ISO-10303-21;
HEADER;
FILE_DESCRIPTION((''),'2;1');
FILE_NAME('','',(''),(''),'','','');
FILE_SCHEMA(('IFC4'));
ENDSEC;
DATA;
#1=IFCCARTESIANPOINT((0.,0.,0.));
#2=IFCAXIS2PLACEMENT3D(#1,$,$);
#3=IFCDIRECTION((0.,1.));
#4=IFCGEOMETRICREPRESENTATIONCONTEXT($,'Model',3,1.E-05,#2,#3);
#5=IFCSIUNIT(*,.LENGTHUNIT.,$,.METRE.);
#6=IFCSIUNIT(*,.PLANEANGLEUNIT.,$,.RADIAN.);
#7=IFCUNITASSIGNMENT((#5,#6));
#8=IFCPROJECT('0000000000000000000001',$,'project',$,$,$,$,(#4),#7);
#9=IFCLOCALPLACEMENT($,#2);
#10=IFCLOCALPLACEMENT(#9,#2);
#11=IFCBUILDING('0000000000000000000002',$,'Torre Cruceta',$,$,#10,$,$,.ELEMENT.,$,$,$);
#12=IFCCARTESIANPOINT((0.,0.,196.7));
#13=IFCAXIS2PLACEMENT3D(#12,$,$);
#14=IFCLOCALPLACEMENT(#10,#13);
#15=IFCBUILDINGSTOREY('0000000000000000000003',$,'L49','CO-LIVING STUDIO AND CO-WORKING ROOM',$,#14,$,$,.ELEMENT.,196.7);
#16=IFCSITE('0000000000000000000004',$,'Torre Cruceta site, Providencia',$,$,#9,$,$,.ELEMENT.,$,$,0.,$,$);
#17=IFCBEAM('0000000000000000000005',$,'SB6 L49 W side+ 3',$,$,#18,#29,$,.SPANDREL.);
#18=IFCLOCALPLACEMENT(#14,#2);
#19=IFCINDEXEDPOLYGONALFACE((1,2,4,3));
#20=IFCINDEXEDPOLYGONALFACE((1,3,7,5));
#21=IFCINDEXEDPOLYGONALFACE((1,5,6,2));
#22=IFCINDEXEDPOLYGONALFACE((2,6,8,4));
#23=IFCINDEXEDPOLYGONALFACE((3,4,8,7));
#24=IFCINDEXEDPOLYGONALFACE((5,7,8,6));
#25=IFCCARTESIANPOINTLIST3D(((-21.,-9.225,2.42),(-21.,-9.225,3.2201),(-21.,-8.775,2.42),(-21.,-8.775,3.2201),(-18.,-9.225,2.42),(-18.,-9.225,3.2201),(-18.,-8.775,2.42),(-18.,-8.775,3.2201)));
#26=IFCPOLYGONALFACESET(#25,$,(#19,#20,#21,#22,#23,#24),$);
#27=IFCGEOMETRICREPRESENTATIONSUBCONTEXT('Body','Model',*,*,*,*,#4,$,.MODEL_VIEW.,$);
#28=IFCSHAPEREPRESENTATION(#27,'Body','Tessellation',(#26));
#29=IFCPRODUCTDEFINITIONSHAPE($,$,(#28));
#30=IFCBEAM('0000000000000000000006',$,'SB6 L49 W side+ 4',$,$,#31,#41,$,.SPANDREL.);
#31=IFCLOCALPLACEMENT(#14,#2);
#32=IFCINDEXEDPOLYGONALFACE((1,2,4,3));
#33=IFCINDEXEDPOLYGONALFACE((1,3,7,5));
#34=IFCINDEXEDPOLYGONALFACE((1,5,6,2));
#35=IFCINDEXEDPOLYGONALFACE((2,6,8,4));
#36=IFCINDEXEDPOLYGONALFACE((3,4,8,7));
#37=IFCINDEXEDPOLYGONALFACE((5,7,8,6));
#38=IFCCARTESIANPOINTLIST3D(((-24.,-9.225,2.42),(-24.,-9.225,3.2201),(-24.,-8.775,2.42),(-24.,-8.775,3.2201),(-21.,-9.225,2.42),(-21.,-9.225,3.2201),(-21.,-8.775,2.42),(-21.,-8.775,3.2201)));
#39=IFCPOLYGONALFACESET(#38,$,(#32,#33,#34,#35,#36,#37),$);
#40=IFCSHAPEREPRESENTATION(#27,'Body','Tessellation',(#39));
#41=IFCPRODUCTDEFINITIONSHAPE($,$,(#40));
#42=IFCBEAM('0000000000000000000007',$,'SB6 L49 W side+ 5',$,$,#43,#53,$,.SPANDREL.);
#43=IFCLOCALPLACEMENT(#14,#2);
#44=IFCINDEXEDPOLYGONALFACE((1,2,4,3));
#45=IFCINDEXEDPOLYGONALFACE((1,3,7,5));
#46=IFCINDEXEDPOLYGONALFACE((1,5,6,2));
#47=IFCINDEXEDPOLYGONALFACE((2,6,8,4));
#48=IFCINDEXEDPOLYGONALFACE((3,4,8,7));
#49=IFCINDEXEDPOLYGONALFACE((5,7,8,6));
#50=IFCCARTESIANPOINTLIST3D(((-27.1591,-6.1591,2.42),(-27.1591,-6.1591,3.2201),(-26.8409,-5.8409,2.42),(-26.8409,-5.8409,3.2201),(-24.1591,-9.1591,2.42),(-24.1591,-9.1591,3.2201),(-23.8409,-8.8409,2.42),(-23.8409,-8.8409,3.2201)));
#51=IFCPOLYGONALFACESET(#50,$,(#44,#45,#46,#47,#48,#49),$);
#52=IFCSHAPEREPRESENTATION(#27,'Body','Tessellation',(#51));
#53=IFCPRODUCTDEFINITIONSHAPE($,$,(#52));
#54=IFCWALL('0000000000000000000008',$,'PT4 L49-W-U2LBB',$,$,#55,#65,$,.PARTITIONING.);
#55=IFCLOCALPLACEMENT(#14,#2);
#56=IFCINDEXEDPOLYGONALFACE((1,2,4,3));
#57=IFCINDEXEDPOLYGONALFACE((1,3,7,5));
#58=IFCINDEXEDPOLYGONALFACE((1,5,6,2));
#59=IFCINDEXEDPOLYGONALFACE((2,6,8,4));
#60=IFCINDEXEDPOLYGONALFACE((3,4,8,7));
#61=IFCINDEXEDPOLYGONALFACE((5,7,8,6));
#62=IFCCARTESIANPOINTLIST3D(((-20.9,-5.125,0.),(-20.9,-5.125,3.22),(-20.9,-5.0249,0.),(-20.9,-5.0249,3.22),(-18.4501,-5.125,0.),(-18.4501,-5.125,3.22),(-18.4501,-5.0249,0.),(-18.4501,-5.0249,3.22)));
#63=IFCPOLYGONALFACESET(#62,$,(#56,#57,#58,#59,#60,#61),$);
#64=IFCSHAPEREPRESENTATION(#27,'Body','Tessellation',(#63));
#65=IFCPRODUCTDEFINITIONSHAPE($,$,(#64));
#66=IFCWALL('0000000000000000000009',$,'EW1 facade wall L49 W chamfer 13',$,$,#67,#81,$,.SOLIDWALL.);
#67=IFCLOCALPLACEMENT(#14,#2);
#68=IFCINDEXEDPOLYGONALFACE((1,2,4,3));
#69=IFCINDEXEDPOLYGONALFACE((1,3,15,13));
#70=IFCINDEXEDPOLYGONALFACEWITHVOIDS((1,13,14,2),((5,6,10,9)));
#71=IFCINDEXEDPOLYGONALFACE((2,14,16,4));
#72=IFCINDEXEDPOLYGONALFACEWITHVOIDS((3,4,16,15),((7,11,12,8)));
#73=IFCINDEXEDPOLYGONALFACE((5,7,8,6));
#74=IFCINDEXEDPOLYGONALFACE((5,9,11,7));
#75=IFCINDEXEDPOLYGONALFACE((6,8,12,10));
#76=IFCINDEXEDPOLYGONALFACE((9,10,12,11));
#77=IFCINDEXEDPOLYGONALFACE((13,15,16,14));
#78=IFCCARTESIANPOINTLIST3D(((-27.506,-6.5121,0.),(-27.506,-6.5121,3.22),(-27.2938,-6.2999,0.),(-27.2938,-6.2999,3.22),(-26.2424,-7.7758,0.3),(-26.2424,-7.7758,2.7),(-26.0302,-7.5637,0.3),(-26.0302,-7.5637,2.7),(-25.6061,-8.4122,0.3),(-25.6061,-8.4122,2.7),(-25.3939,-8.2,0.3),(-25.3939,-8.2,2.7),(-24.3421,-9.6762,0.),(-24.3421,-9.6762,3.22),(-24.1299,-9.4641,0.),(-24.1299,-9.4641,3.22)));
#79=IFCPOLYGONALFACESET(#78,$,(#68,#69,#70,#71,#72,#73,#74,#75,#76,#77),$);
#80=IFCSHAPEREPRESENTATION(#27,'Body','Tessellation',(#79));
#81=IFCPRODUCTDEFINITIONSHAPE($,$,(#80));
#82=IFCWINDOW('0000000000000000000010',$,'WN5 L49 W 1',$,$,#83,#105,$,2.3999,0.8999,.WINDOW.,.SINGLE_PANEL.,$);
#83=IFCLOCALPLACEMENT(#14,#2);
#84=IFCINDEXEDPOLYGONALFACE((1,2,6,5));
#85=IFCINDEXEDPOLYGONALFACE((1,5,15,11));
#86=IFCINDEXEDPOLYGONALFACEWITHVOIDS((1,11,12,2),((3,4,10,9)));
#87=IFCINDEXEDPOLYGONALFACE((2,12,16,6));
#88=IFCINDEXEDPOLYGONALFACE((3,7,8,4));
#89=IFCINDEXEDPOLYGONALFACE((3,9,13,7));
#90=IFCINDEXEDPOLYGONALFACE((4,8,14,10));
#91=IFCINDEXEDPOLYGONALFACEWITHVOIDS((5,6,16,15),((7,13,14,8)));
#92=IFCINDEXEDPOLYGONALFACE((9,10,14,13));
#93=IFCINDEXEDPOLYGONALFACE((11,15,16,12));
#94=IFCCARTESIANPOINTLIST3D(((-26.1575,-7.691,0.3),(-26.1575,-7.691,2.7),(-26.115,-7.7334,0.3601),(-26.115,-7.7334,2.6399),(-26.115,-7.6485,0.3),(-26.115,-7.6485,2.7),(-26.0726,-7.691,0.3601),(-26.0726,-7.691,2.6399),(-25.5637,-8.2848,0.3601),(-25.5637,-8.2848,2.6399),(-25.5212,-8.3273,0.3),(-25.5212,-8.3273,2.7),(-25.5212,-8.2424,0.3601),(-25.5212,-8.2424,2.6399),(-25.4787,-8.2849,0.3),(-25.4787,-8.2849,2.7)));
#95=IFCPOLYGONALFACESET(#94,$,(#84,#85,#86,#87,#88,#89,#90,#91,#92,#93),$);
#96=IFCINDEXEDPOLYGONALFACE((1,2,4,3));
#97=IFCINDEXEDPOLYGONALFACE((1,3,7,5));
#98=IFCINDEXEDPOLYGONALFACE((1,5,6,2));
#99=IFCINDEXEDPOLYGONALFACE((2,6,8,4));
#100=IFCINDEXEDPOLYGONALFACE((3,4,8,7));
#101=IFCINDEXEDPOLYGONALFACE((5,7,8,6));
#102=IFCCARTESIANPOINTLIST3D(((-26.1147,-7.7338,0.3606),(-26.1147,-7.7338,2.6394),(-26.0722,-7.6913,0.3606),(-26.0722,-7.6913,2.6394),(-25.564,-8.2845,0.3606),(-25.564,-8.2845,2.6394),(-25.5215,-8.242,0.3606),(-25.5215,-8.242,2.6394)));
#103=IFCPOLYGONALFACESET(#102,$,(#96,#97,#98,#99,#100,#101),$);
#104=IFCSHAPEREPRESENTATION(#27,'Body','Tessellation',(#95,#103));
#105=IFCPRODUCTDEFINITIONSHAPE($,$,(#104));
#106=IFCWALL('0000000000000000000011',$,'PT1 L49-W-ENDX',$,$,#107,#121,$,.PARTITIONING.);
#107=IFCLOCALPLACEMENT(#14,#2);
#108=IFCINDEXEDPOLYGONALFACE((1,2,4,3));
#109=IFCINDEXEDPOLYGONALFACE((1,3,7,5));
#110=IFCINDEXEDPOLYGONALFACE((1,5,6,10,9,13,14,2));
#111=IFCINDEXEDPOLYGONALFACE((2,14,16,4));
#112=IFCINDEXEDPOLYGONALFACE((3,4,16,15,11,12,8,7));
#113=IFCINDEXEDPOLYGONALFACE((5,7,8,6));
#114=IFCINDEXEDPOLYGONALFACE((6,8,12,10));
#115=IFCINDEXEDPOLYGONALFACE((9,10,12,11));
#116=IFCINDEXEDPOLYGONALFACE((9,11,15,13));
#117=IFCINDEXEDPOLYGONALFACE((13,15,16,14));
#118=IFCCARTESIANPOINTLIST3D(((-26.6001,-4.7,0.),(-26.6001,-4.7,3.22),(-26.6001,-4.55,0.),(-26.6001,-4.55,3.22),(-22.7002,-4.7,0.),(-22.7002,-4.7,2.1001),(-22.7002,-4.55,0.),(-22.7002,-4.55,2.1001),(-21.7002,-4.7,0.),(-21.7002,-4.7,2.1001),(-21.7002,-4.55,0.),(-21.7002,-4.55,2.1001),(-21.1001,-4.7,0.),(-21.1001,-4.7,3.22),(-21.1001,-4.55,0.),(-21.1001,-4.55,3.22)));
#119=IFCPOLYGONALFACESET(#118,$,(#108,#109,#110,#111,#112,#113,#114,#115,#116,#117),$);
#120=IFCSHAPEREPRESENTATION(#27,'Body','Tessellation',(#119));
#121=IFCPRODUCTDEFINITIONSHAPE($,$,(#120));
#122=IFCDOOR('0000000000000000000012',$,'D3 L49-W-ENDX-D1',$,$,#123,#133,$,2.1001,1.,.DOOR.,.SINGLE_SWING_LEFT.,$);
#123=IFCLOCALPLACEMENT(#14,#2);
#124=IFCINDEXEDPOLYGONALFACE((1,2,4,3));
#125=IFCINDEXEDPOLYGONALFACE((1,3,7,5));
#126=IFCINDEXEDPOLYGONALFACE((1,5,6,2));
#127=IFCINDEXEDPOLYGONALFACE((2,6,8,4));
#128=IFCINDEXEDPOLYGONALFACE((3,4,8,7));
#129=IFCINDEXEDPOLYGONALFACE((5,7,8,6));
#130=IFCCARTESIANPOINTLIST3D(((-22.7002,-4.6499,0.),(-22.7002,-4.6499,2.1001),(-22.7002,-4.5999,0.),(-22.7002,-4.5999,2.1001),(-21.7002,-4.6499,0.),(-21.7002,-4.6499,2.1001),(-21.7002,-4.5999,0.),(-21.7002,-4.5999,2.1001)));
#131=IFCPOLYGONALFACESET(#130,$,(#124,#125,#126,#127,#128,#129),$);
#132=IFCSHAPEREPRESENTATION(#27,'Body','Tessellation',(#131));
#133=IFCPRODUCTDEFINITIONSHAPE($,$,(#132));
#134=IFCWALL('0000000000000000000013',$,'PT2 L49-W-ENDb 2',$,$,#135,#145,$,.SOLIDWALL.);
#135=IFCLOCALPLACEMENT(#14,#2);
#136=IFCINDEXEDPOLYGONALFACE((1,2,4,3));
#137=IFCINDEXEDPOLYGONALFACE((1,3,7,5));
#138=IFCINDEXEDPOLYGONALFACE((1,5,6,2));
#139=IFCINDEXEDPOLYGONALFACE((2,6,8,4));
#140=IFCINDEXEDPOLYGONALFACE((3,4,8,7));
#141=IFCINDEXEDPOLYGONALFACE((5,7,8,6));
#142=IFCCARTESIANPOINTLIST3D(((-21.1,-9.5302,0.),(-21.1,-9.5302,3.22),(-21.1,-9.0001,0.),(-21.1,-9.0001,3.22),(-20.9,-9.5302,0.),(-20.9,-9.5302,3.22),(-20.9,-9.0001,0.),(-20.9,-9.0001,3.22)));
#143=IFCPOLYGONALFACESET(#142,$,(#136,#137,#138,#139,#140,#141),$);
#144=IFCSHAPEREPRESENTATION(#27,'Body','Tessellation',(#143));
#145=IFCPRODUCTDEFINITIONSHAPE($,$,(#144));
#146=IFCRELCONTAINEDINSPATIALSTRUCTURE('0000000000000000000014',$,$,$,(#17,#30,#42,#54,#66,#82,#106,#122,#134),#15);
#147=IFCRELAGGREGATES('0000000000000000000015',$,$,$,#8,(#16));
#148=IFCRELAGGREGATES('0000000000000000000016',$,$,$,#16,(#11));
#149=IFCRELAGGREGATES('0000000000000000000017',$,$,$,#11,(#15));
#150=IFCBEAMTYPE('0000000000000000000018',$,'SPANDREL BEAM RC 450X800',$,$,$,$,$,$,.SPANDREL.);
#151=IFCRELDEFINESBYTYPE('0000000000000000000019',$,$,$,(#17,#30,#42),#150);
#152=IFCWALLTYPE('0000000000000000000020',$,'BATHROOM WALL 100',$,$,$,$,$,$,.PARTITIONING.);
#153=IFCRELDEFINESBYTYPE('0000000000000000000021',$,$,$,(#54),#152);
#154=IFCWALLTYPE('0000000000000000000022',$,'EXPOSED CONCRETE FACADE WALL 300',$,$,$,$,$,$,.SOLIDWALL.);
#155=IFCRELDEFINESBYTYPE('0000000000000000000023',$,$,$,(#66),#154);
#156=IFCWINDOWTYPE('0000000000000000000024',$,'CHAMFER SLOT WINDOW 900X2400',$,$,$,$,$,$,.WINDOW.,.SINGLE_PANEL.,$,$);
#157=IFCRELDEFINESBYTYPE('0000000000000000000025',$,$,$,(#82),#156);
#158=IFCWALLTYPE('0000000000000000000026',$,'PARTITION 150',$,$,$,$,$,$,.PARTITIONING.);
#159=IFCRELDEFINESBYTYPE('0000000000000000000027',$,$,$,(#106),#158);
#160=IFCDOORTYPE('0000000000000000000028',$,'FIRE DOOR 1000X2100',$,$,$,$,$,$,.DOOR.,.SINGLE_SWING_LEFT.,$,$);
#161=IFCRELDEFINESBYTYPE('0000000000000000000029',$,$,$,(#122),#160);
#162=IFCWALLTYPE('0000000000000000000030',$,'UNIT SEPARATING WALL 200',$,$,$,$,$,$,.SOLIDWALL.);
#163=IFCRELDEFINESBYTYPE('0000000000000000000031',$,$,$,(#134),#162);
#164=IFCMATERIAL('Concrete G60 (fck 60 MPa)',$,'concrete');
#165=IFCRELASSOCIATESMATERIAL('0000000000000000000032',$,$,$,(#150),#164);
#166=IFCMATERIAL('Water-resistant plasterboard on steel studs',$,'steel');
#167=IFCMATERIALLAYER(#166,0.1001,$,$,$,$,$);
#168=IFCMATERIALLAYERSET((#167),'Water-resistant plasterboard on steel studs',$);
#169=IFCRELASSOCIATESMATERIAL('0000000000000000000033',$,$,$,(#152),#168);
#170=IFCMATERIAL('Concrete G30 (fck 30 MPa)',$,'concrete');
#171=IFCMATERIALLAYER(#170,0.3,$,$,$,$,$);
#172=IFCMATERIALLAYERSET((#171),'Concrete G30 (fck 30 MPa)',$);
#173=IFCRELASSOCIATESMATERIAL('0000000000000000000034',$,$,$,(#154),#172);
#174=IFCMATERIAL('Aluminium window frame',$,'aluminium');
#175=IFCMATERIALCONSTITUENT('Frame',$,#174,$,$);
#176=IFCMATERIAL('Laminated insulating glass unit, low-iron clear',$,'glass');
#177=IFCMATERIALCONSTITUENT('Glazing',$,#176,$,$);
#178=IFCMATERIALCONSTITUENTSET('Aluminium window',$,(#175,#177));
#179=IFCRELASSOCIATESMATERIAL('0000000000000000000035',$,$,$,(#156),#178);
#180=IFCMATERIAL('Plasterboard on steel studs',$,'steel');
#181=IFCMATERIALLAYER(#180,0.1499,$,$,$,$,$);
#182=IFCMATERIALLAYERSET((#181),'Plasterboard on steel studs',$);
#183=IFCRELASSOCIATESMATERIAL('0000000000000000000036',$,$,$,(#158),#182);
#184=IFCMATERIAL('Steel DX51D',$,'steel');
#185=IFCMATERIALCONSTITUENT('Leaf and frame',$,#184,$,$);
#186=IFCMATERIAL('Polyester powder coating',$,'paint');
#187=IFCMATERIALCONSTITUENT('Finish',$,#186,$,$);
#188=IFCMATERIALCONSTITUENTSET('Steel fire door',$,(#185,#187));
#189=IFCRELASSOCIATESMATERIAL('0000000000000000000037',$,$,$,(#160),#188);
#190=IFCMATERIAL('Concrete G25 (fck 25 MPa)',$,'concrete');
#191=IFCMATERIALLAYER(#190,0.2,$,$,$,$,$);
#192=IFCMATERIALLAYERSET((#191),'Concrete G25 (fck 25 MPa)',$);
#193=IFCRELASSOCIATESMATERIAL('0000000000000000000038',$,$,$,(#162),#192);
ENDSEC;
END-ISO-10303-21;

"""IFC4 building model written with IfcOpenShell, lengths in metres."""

from ifc_helpers import new_model, si_unit, direction, frame, frame_2d, origin, origin_2d, place, context, subcontext, project, spatial, rectangle, hollow_rectangle, extrude, material, layer, layer_set, constituent, constituent_set, material_profile, profile_set, type_object, element, fill, save


model = new_model("IFC4")

# Units and contexts
model_context = context("Model", 3, precision=1e-05, world=origin(), true_north=direction((0.0, 1.0)))
body_context = subcontext(model_context, "Body", "Model", "MODEL_VIEW")
ifc_project = project(units=[si_unit("LENGTHUNIT", "METRE"), si_unit("PLANEANGLEUNIT", "RADIAN")], contexts=[model_context])

# Site, building, storey
site_placement = place(None, origin())
site = spatial("IfcSite", under=ifc_project, at=site_placement, Name="Torre Cruceta site, Providencia", CompositionType="ELEMENT", RefElevation=0.0)
building_placement = place(site_placement, origin())
building = spatial("IfcBuilding", under=site, at=building_placement, Name="Torre Cruceta", CompositionType="ELEMENT")
storey_placement = place(building_placement, frame((0.0, 0.0, 196.7)))
storey = spatial("IfcBuildingStorey", under=building, at=storey_placement, Name="L49", Description="CO-LIVING STUDIO AND CO-WORKING ROOM", CompositionType="ELEMENT", Elevation=196.7)

# Beams
ifc_material_1 = material(Name="Concrete G60 (fck 60 MPa)", Category="concrete")
ifc_material_profile_1 = material_profile(ifc_material_1, rectangle(XDim=0.45, YDim=0.8, at=origin_2d()), Name="RC 450X800")
ifc_profile_set_1 = profile_set([ifc_material_profile_1], Name="Concrete G60 (fck 60 MPa)")
beam_type_1 = type_object("IfcBeamType", Name="SPANDREL BEAM RC 450X800", PredefinedType="SPANDREL", material=ifc_profile_set_1)
for number, where, z_axis, x_axis, name in (
    (1, (-18.0, -9.0, 2.8201), (-1.0, 0.0, 0.0), (0.0, -1.0, 0.0), "SB6 L49 W side+ 3"),
    (2, (-21.0, -9.0, 2.8201), (-1.0, 0.0, 0.0), (0.0, -1.0, 0.0), "SB6 L49 W side+ 4"),
):
    element("IfcBeam", number, at=place(storey_placement, frame(where, z_axis=z_axis, x_axis=x_axis)), inside=storey, type_object=beam_type_1, Name=name, PredefinedType="SPANDREL", context=body_context, shape_type="SweptSolid", body=[
        extrude(rectangle(XDim=0.45, YDim=0.8, at=origin_2d()), origin(), (0.0, 0.0, 1.0), 3.0),
    ])
beam_1_placement = place(storey_placement, frame((-24.0, -9.0, 2.8201), z_axis=(-0.707107, 0.707107, 0.0), x_axis=(-0.707107, -0.707107, 0.0)))
element("IfcBeam", 3, at=beam_1_placement, inside=storey, type_object=beam_type_1, Name="SB6 L49 W side+ 5", PredefinedType="SPANDREL", context=body_context, shape_type="SweptSolid", body=[
    extrude(rectangle(XDim=0.45, YDim=0.8, at=origin_2d()), origin(), (0.0, 0.0, 1.0), 4.2427),
])

# Wall
ifc_material_2 = material(Name="Water-resistant plasterboard on steel studs", Category="steel")
ifc_layer_1 = layer(ifc_material_2, 0.1001)
ifc_layer_set_1 = layer_set([ifc_layer_1], Name="Water-resistant plasterboard on steel studs")
wall_type_1 = type_object("IfcWallType", Name="BATHROOM WALL 100", PredefinedType="PARTITIONING", material=ifc_layer_set_1)
wall_1_placement = place(storey_placement, frame((-18.45, -5.075, 0.0), z_axis=(0.0, 0.0, 1.0), x_axis=(-1.0, 0.0, 0.0)))
element("IfcWall", 4, at=wall_1_placement, inside=storey, type_object=wall_type_1, Name="PT4 L49-W-U2LBB", PredefinedType="PARTITIONING", context=body_context, shape_type="SweptSolid", body=[
    extrude(rectangle(XDim=2.45, YDim=0.1001, at=frame_2d((1.2251, 0.0))), origin(), (0.0, 0.0, 1.0), 3.22),
])

# Wall, opening, window
ifc_material_3 = material(Name="Concrete G30 (fck 30 MPa)", Category="concrete")
ifc_layer_2 = layer(ifc_material_3, 0.3)
ifc_layer_set_2 = layer_set([ifc_layer_2], Name="Concrete G30 (fck 30 MPa)")
wall_type_2 = type_object("IfcWallType", Name="EXPOSED CONCRETE FACADE WALL 300", PredefinedType="SOLIDWALL", material=ifc_layer_set_2)
wall_2_placement = place(storey_placement, frame((-27.3999, -6.406, 0.0), z_axis=(0.0, 0.0, 1.0), x_axis=(0.707079, -0.707134, 0.0)))
wall_2 = element("IfcWall", 5, at=wall_2_placement, inside=storey, type_object=wall_type_2, Name="EW1 facade wall L49 W chamfer 13", PredefinedType="SOLIDWALL", context=body_context, shape_type="SweptSolid", body=[
    extrude(rectangle(XDim=4.4746, YDim=0.3, at=frame_2d((2.2373, 0.0))), origin(), (0.0, 0.0, 1.0), 3.22),
])
opening_1_placement = place(wall_2_placement, frame((1.7871, 0.0, 0.3)))
opening_1 = element("IfcOpeningElement", 6, at=opening_1_placement, cuts=wall_2, PredefinedType="OPENING", context=body_context, shape_type="SweptSolid", body=[
    extrude(rectangle(XDim=0.8999, YDim=2.3999, at=frame_2d((0.45, 1.2))), frame((0.0, 0.1599, 0.0), z_axis=(0.0, -1.0, 0.0), x_axis=(1.0, 0.0, 0.0)), (0.0, 0.0, 1.0), 0.3201),
])
ifc_material_4 = material(Name="Aluminium window frame", Category="aluminium")
ifc_constituent_1 = constituent(ifc_material_4, Name="Frame")
ifc_material_5 = material(Name="Laminated insulating glass unit, low-iron clear", Category="glass")
ifc_constituent_2 = constituent(ifc_material_5, Name="Glazing")
ifc_constituent_set_1 = constituent_set(constituents=[ifc_constituent_1, ifc_constituent_2], Name="Aluminium window")
window_type = type_object("IfcWindowType", Name="CHAMFER SLOT WINDOW 900X2400", PartitioningType="SINGLE_PANEL", PredefinedType="WINDOW", material=ifc_constituent_set_1)
window_placement = place(opening_1_placement, origin())
window = element("IfcWindow", 7, at=window_placement, inside=storey, type_object=window_type, Name="WN5 L49 W 1", OverallHeight=2.3999, OverallWidth=0.8999, PartitioningType="SINGLE_PANEL", PredefinedType="WINDOW", context=body_context, shape_type="SweptSolid", body=[
    extrude(hollow_rectangle(XDim=0.8999, YDim=2.3999, WallThickness=0.0601, at=frame_2d((0.45, 1.2))), frame((0.0, 0.03, 0.0), z_axis=(0.0, -1.0, 0.0), x_axis=(1.0, 0.0, 0.0)), (0.0, 0.0, 1.0), 0.0601),
    extrude(rectangle(XDim=0.7788, YDim=2.2788, at=frame_2d((0.45, 1.2))), frame((0.0, 0.03, 0.0), z_axis=(0.0, -1.0, 0.0), x_axis=(1.0, 0.0, 0.0)), (0.0, 0.0, 1.0), 0.0601),
])
fill(opening_1, window)

# Wall, opening, door
ifc_material_6 = material(Name="Plasterboard on steel studs", Category="steel")
ifc_layer_3 = layer(ifc_material_6, 0.1499)
ifc_layer_set_3 = layer_set([ifc_layer_3], Name="Plasterboard on steel studs")
wall_type_3 = type_object("IfcWallType", Name="PARTITION 150", PredefinedType="PARTITIONING", material=ifc_layer_set_3)
wall_3_placement = place(storey_placement, frame((-21.1001, -4.625, 0.0), z_axis=(0.0, 0.0, 1.0), x_axis=(-1.0, 0.0, 0.0)))
wall_3 = element("IfcWall", 8, at=wall_3_placement, inside=storey, type_object=wall_type_3, Name="PT1 L49-W-ENDX", PredefinedType="PARTITIONING", context=body_context, shape_type="SweptSolid", body=[
    extrude(rectangle(XDim=5.5, YDim=0.1499, at=frame_2d((2.75, 0.0))), origin(), (0.0, 0.0, 1.0), 3.22),
])
opening_2_placement = place(wall_3_placement, frame((0.6001, 0.0, 0.0)))
opening_2 = element("IfcOpeningElement", 9, at=opening_2_placement, cuts=wall_3, PredefinedType="OPENING", context=body_context, shape_type="SweptSolid", body=[
    extrude(rectangle(XDim=1.0, YDim=2.1001, at=frame_2d((0.5, 1.05))), frame((0.0, 0.085, 0.0), z_axis=(0.0, -1.0, 0.0), x_axis=(1.0, 0.0, 0.0)), (0.0, 0.0, 1.0), 0.1699),
])
ifc_material_7 = material(Name="Steel DX51D", Category="steel")
ifc_constituent_3 = constituent(ifc_material_7, Name="Leaf and frame")
ifc_material_8 = material(Name="Polyester powder coating", Category="paint")
ifc_constituent_4 = constituent(ifc_material_8, Name="Finish")
ifc_constituent_set_2 = constituent_set(constituents=[ifc_constituent_3, ifc_constituent_4], Name="Steel fire door")
door_type_1 = type_object("IfcDoorType", Name="FIRE DOOR 1000X2100", OperationType="SINGLE_SWING_LEFT", PredefinedType="DOOR", material=ifc_constituent_set_2)
door_1_placement = place(opening_2_placement, origin())
door_1 = element("IfcDoor", 10, at=door_1_placement, inside=storey, type_object=door_type_1, Name="D3 L49-W-ENDX-D1", OperationType="SINGLE_SWING_LEFT", OverallHeight=2.1001, OverallWidth=1.0, PredefinedType="DOOR", context=body_context, shape_type="SweptSolid", body=[
    extrude(rectangle(XDim=1.0, YDim=2.1001, at=frame_2d((0.5, 1.05))), frame((0.0, 0.0249, 0.0), z_axis=(0.0, -1.0, 0.0), x_axis=(1.0, 0.0, 0.0)), (0.0, 0.0, 1.0), 0.05),
])
fill(opening_2, door_1)

# Wall
ifc_material_9 = material(Name="Concrete G25 (fck 25 MPa)", Category="concrete")
ifc_layer_4 = layer(ifc_material_9, 0.2)
ifc_layer_set_4 = layer_set([ifc_layer_4], Name="Concrete G25 (fck 25 MPa)")
wall_type_4 = type_object("IfcWallType", Name="UNIT SEPARATING WALL 200", PredefinedType="SOLIDWALL", material=ifc_layer_set_4)
wall_4_placement = place(storey_placement, frame((-21.0, -9.0, 0.0), z_axis=(0.0, 0.0, 1.0), x_axis=(0.0, -1.0, 0.0)))
element("IfcWall", 11, at=wall_4_placement, inside=storey, type_object=wall_type_4, Name="PT2 L49-W-ENDb 2", PredefinedType="SOLIDWALL", context=body_context, shape_type="SweptSolid", body=[
    extrude(rectangle(XDim=0.53, YDim=0.2, at=frame_2d((0.2651, 0.0))), origin(), (0.0, 0.0, 1.0), 3.22),
])

save(model, "model.ifc")
